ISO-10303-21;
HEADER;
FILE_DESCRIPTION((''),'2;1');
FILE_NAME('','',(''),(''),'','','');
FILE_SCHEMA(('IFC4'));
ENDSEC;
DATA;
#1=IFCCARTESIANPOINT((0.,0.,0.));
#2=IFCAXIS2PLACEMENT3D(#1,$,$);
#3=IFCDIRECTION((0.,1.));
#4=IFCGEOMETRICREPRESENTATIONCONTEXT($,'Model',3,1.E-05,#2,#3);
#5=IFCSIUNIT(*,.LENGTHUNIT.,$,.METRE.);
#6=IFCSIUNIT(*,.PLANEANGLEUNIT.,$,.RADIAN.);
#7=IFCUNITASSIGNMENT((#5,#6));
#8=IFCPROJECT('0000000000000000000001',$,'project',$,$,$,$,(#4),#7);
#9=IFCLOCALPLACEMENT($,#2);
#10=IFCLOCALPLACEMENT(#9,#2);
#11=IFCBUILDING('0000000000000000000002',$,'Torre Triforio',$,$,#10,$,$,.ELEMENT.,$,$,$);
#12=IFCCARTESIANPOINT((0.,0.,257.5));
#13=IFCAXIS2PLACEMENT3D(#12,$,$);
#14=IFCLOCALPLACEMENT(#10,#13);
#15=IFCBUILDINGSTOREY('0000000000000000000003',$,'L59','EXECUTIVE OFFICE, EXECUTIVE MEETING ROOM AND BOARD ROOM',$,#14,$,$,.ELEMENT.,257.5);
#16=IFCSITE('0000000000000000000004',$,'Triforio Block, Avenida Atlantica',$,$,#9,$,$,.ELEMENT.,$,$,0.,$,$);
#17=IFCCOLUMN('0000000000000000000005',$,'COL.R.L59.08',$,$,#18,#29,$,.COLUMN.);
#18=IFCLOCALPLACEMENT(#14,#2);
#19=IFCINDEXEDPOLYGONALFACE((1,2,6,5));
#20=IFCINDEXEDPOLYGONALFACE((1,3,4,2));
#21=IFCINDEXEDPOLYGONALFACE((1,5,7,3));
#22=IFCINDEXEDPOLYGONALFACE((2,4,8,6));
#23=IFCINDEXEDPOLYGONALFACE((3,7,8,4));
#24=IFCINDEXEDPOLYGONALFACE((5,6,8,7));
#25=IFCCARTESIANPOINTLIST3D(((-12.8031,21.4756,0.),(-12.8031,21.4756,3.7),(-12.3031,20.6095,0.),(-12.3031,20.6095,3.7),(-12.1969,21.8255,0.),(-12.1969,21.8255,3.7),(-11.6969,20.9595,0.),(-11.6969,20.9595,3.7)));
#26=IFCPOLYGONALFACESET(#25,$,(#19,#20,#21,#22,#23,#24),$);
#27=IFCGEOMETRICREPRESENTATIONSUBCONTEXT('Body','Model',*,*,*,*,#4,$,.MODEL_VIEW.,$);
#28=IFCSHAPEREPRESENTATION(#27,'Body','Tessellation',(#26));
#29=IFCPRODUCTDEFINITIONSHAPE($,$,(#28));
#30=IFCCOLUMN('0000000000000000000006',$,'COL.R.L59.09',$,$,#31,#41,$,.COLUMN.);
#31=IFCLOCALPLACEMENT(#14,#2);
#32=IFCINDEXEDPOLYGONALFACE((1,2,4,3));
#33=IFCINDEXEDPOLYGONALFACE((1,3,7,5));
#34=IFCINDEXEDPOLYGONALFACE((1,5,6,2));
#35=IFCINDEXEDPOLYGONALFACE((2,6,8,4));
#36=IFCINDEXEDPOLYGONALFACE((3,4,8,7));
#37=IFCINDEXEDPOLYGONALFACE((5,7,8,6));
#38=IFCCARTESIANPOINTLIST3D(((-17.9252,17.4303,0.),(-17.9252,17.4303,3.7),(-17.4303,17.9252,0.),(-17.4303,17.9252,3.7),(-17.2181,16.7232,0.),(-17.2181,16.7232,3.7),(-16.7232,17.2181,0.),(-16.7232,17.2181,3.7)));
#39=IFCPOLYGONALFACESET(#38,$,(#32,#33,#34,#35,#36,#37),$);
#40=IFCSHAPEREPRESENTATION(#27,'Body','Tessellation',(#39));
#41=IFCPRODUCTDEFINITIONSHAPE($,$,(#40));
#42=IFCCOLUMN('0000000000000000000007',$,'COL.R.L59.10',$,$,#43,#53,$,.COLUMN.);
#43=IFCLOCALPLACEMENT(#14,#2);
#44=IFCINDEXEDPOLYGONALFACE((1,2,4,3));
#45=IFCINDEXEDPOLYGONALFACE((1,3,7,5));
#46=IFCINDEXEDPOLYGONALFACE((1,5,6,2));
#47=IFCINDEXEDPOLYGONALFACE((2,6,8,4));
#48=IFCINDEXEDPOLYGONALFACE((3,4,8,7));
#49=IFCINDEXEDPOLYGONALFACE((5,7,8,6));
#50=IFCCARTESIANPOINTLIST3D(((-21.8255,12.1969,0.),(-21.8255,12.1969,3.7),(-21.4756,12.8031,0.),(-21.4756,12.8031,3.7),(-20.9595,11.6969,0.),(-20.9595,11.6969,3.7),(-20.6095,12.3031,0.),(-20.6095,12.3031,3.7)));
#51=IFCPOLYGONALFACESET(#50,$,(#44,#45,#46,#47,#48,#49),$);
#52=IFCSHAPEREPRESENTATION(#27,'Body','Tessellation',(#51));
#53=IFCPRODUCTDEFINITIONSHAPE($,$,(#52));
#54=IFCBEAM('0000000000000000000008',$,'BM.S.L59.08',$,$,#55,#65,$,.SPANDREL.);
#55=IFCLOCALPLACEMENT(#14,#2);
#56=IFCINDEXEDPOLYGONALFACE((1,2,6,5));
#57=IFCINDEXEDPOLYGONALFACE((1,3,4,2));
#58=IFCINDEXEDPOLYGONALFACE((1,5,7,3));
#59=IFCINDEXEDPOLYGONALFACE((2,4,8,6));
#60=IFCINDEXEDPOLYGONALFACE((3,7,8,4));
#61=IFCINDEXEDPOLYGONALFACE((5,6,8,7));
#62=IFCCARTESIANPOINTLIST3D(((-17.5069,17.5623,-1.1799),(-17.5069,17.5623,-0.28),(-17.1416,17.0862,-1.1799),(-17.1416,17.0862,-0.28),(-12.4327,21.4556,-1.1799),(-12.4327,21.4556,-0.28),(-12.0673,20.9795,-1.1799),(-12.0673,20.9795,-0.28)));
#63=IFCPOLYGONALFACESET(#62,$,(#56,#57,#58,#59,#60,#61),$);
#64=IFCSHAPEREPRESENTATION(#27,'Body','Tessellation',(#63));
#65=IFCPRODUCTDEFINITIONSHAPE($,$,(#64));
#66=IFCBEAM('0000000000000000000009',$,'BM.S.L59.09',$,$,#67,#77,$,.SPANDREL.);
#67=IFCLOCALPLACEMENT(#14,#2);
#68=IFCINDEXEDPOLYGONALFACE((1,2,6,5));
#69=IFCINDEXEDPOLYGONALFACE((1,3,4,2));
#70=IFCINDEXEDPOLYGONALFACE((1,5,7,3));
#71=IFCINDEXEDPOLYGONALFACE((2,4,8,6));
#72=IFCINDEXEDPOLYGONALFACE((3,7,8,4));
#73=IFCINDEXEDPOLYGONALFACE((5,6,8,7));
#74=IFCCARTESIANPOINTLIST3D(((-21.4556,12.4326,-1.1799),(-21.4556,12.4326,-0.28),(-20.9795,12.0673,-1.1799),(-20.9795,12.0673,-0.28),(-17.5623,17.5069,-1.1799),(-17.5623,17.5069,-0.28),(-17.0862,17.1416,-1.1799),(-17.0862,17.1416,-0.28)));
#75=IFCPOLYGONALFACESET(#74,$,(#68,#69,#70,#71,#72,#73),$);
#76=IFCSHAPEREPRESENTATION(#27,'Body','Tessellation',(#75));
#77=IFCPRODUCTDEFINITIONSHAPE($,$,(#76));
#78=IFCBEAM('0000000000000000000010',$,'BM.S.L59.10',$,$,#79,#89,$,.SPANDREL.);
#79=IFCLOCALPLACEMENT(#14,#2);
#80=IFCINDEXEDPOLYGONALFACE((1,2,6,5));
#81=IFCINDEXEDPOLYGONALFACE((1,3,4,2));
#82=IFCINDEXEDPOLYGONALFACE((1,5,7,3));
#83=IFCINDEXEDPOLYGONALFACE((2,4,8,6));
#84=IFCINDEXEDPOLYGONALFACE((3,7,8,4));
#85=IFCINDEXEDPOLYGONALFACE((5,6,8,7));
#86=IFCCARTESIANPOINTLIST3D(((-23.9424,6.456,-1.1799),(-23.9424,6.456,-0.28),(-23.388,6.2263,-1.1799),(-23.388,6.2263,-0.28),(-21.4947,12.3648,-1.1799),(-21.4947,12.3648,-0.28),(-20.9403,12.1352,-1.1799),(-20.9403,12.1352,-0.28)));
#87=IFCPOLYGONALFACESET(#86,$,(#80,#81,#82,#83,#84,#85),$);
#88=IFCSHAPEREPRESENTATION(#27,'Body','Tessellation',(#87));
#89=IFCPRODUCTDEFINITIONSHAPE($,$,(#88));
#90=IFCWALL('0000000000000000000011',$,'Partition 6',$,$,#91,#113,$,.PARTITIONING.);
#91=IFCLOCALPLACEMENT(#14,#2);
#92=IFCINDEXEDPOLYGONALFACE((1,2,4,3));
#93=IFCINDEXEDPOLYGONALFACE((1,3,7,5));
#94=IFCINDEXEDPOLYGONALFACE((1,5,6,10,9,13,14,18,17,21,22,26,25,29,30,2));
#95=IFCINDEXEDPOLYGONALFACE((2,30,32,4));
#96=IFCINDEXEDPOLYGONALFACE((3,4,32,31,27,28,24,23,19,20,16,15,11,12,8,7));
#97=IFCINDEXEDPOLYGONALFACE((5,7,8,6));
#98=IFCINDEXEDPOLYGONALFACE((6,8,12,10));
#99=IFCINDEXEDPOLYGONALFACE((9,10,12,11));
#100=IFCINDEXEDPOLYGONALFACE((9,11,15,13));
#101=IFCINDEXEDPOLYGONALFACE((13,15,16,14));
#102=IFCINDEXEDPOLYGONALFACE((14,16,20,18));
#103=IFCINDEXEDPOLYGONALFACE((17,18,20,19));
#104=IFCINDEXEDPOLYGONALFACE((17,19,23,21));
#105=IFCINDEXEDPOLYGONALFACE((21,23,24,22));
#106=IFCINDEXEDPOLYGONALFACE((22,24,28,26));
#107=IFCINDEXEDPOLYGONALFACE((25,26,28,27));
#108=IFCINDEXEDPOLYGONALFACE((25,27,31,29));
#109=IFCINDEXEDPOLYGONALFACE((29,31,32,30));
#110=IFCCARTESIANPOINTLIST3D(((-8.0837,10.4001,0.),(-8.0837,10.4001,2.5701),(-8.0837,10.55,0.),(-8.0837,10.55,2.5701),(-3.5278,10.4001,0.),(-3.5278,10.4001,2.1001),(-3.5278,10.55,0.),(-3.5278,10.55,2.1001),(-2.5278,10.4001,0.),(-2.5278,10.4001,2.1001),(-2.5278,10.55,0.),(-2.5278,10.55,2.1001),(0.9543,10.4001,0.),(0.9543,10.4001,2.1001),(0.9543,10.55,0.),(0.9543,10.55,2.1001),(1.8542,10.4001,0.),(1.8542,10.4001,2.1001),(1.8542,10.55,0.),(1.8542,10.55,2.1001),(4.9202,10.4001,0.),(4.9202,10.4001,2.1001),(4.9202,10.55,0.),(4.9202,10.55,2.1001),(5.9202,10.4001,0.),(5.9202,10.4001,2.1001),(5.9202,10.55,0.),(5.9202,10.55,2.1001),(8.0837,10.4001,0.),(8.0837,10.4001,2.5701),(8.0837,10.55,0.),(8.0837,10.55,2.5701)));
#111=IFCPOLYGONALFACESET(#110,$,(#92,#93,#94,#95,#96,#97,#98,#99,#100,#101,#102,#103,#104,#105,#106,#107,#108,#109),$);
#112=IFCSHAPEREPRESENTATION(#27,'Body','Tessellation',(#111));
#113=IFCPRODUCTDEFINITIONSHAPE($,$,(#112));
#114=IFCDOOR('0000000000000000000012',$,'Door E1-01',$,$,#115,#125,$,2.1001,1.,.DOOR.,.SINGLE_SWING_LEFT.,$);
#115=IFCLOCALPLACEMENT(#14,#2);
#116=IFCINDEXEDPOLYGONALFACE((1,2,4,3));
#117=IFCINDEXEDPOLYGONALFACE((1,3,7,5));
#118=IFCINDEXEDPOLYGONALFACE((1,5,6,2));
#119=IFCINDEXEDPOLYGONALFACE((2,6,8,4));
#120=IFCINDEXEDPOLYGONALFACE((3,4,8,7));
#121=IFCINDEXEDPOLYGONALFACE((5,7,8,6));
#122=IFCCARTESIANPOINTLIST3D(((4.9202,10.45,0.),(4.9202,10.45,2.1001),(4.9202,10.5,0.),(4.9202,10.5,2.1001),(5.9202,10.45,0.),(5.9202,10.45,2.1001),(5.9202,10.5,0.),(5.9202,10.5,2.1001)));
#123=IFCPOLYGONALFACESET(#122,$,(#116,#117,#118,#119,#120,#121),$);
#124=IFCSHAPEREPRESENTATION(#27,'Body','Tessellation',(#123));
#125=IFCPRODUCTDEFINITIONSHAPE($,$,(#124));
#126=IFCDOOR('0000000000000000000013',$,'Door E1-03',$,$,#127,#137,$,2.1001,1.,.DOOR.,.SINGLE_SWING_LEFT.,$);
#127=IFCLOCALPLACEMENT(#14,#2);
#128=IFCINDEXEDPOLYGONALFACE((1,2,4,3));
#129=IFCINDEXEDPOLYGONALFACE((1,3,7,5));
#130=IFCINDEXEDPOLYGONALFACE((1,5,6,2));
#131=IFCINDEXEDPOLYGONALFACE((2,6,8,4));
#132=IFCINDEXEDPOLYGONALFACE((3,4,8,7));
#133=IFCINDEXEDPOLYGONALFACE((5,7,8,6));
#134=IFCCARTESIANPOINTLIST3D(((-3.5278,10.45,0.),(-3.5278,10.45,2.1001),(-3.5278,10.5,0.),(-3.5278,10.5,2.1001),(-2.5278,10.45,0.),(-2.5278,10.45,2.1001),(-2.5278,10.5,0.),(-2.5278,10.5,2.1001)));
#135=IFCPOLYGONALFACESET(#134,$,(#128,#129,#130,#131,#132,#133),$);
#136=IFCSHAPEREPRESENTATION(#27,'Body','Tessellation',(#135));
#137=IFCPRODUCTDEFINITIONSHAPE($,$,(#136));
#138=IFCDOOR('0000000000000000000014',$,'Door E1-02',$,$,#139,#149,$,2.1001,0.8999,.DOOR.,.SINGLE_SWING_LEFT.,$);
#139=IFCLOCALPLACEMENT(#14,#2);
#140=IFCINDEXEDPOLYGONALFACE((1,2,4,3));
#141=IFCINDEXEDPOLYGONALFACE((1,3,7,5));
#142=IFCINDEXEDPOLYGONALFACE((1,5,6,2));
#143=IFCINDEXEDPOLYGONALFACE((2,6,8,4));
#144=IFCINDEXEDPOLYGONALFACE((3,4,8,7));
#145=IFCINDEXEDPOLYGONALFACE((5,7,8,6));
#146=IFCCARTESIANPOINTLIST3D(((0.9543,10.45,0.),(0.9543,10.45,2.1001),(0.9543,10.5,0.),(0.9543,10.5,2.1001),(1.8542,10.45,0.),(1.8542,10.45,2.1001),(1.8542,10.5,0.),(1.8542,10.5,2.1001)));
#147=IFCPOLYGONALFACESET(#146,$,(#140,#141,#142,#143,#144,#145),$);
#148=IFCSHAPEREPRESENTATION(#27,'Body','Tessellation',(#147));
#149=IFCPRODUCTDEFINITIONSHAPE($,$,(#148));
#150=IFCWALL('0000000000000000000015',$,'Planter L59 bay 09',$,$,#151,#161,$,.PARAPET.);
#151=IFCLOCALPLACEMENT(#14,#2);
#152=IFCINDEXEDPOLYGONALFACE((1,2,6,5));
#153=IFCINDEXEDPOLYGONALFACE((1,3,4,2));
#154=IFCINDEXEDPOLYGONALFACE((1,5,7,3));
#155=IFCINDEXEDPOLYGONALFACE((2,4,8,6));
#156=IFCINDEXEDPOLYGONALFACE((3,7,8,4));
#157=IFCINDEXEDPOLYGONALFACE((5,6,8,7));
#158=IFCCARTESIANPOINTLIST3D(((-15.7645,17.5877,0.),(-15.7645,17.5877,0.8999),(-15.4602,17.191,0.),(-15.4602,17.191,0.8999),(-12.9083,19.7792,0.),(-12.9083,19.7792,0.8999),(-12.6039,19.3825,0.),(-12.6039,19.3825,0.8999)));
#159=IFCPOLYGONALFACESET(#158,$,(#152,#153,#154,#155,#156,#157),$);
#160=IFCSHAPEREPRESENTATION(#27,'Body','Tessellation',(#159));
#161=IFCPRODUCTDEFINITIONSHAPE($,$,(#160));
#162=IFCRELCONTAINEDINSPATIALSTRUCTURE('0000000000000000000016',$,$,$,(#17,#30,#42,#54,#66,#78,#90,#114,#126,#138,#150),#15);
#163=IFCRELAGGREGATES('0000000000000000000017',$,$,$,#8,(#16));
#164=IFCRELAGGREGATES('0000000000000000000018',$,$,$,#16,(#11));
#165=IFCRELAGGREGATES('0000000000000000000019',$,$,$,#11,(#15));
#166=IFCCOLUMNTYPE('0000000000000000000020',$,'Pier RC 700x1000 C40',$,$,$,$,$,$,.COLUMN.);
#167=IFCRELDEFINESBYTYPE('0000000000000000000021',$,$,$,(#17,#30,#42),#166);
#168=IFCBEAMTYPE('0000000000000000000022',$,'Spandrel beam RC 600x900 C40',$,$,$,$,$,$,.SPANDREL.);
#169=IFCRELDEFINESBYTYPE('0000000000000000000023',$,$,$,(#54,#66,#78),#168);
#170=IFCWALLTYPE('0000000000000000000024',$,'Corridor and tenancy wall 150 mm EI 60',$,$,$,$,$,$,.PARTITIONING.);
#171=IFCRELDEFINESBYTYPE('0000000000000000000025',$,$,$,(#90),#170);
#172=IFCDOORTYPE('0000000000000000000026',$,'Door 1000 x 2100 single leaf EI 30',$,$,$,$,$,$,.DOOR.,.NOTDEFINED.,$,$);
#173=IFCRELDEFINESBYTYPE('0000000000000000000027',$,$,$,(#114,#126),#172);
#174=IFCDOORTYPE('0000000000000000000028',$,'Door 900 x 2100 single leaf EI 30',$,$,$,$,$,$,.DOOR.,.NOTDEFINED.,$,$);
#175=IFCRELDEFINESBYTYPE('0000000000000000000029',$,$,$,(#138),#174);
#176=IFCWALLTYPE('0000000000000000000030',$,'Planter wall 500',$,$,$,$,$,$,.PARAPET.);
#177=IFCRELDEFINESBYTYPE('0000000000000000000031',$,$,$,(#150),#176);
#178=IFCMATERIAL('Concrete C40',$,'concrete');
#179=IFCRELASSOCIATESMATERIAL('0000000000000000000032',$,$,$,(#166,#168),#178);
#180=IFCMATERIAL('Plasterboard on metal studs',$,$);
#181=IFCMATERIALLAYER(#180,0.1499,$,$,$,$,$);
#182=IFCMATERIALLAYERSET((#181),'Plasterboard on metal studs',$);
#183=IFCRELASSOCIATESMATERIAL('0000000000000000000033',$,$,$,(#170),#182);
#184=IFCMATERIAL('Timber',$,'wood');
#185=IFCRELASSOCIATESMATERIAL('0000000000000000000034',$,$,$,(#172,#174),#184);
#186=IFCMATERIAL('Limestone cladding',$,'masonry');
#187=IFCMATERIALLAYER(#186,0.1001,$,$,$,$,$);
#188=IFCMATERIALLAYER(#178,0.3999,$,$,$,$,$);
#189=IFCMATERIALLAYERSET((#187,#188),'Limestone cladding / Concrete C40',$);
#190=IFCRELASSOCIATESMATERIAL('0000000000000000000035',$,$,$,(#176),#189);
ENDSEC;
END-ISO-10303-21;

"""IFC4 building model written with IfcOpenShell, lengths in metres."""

from ifc_helpers import new_model, si_unit, direction, frame, frame_2d, origin, origin_2d, place, context, subcontext, project, spatial, rectangle, extrude, material, layer, layer_set, material_profile, profile_set, type_object, element, fill, save


model = new_model("IFC4")

# Units and contexts
model_context = context("Model", 3, precision=1e-05, world=origin(), true_north=direction((0.0, 1.0)))
body_context = subcontext(model_context, "Body", "Model", "MODEL_VIEW")
ifc_project = project(units=[si_unit("LENGTHUNIT", "METRE"), si_unit("PLANEANGLEUNIT", "RADIAN")], contexts=[model_context])

# Site, building, storey
site_placement = place(None, origin())
site = spatial("IfcSite", under=ifc_project, at=site_placement, Name="Triforio Block, Avenida Atlantica", CompositionType="ELEMENT", RefElevation=0.0)
building_placement = place(site_placement, origin())
building = spatial("IfcBuilding", under=site, at=building_placement, Name="Torre Triforio", CompositionType="ELEMENT")
storey_placement = place(building_placement, frame((0.0, 0.0, 257.5)))
storey = spatial("IfcBuildingStorey", under=building, at=storey_placement, Name="L59", Description="EXECUTIVE OFFICE, EXECUTIVE MEETING ROOM AND BOARD ROOM", CompositionType="ELEMENT", Elevation=257.5)

# Columns
ifc_material_1 = material(Name="Concrete C40", Category="concrete")
ifc_material_profile_1 = material_profile(ifc_material_1, rectangle(XDim=0.7, YDim=1.0, at=origin_2d()), Name="RC 700x1000")
ifc_profile_set_1 = profile_set([ifc_material_profile_1], Name="Concrete C40")
column_type = type_object("IfcColumnType", Name="Pier RC 700x1000 C40", PredefinedType="COLUMN", material=ifc_profile_set_1)
for number, where, z_axis, x_axis, name in (
    (1, (-12.25, 21.2175, 0.0), (0.0, 0.0, 1.0), (-0.866025, -0.5, 0.0), "COL.R.L59.08"),
    (2, (-17.3242, 17.3242, 0.0), (0.0, 0.0, 1.0), (-0.707107, -0.707107, 0.0), "COL.R.L59.09"),
    (3, (-21.2175, 12.25, 0.0), (0.0, 0.0, 1.0), (-0.5, -0.866025, 0.0), "COL.R.L59.10"),
):
    element("IfcColumn", number, at=place(storey_placement, frame(where, z_axis=z_axis, x_axis=x_axis)), inside=storey, type_object=column_type, Name=name, PredefinedType="COLUMN", context=body_context, shape_type="SweptSolid", body=[
        extrude(rectangle(XDim=0.7, YDim=1.0, at=origin_2d()), origin(), (0.0, 0.0, 1.0), 3.7),
    ])

# Beams
ifc_material_profile_2 = material_profile(ifc_material_1, rectangle(XDim=0.6001, YDim=0.8999, at=origin_2d()), Name="RC 600x900")
ifc_profile_set_2 = profile_set([ifc_material_profile_2], Name="Concrete C40")
beam_type = type_object("IfcBeamType", Name="Spandrel beam RC 600x900 C40", PredefinedType="SPANDREL", material=ifc_profile_set_2)
for number, where, z_axis, x_axis, name in (
    (4, (-12.25, 21.2175, -0.73), (-0.793374, -0.608734, 0.0), (0.608734, -0.793374, 0.0), "BM.S.L59.08"),
    (5, (-17.3242, 17.3242, -0.73), (-0.608734, -0.793374, 0.0), (0.793374, -0.608734, 0.0), "BM.S.L59.09"),
    (6, (-21.2175, 12.25, -0.73), (-0.382709, -0.923869, 0.0), (0.923869, -0.382709, 0.0), "BM.S.L59.10"),
):
    element("IfcBeam", number, at=place(storey_placement, frame(where, z_axis=z_axis, x_axis=x_axis)), inside=storey, type_object=beam_type, Name=name, PredefinedType="SPANDREL", context=body_context, shape_type="SweptSolid", body=[
        extrude(rectangle(XDim=0.6001, YDim=0.8999, at=origin_2d()), origin(), (0.0, 0.0, 1.0), 6.3958),
    ])

# Wall, openings, doors
ifc_material_2 = material(Name="Plasterboard on metal studs")
ifc_layer_1 = layer(ifc_material_2, 0.1499)
ifc_layer_set_1 = layer_set([ifc_layer_1], Name="Plasterboard on metal studs")
wall_type_1 = type_object("IfcWallType", Name="Corridor and tenancy wall 150 mm EI 60", PredefinedType="PARTITIONING", material=ifc_layer_set_1)
wall_1_placement = place(storey_placement, frame((-8.0837, 10.4751, 0.0), z_axis=(0.0, 0.0, 1.0), x_axis=(1.0, 0.0, 0.0)))
wall_1 = element("IfcWall", 7, at=wall_1_placement, inside=storey, type_object=wall_type_1, Name="Partition 6", PredefinedType="PARTITIONING", context=body_context, shape_type="SweptSolid", body=[
    extrude(rectangle(XDim=16.1675, YDim=0.1499, at=frame_2d((8.0837, 0.0))), origin(), (0.0, 0.0, 1.0), 2.5701),
])
opening_1_placement = place(wall_1_placement, frame((13.0039, 0.0, 0.0)))
opening_1 = element("IfcOpeningElement", 8, at=opening_1_placement, cuts=wall_1, PredefinedType="OPENING", context=body_context, shape_type="SweptSolid", body=[
    extrude(rectangle(XDim=1.0, YDim=2.1001, at=frame_2d((0.5, 1.05))), frame((0.0, 0.085, 0.0), z_axis=(0.0, -1.0, 0.0), x_axis=(1.0, 0.0, 0.0)), (0.0, 0.0, 1.0), 0.1699),
])
opening_2_placement = place(wall_1_placement, frame((9.0381, 0.0, 0.0)))
opening_2 = element("IfcOpeningElement", 9, at=opening_2_placement, cuts=wall_1, PredefinedType="OPENING", context=body_context, shape_type="SweptSolid", body=[
    extrude(rectangle(XDim=0.8999, YDim=2.1001, at=frame_2d((0.45, 1.05))), frame((0.0, 0.085, 0.0), z_axis=(0.0, -1.0, 0.0), x_axis=(1.0, 0.0, 0.0)), (0.0, 0.0, 1.0), 0.1699),
])
opening_3_placement = place(wall_1_placement, frame((4.5559, 0.0, 0.0)))
opening_3 = element("IfcOpeningElement", 10, at=opening_3_placement, cuts=wall_1, PredefinedType="OPENING", context=body_context, shape_type="SweptSolid", body=[
    extrude(rectangle(XDim=1.0, YDim=2.1001, at=frame_2d((0.5, 1.05))), frame((0.0, 0.085, 0.0), z_axis=(0.0, -1.0, 0.0), x_axis=(1.0, 0.0, 0.0)), (0.0, 0.0, 1.0), 0.1699),
])
ifc_material_3 = material(Name="Timber", Category="wood")
door_type_1 = type_object("IfcDoorType", Name="Door 1000 x 2100 single leaf EI 30", OperationType="NOTDEFINED", PredefinedType="DOOR", material=ifc_material_3)
door_1_placement = place(opening_1_placement, origin())
door_1 = element("IfcDoor", 11, at=door_1_placement, inside=storey, type_object=door_type_1, Name="Door E1-01", OperationType="SINGLE_SWING_LEFT", OverallHeight=2.1001, OverallWidth=1.0, PredefinedType="DOOR", context=body_context, shape_type="SweptSolid", body=[
    extrude(rectangle(XDim=1.0, YDim=2.1001, at=frame_2d((0.5, 1.05))), frame((0.0, 0.0249, 0.0), z_axis=(0.0, -1.0, 0.0), x_axis=(1.0, 0.0, 0.0)), (0.0, 0.0, 1.0), 0.05),
])
fill(opening_1, door_1)
door_2_placement = place(opening_3_placement, origin())
door_2 = element("IfcDoor", 12, at=door_2_placement, inside=storey, type_object=door_type_1, Name="Door E1-03", OperationType="SINGLE_SWING_LEFT", OverallHeight=2.1001, OverallWidth=1.0, PredefinedType="DOOR", context=body_context, shape_type="SweptSolid", body=[
    extrude(rectangle(XDim=1.0, YDim=2.1001, at=frame_2d((0.5, 1.05))), frame((0.0, 0.0249, 0.0), z_axis=(0.0, -1.0, 0.0), x_axis=(1.0, 0.0, 0.0)), (0.0, 0.0, 1.0), 0.05),
])
fill(opening_3, door_2)
door_type_2 = type_object("IfcDoorType", Name="Door 900 x 2100 single leaf EI 30", OperationType="NOTDEFINED", PredefinedType="DOOR", material=ifc_material_3)
door_3_placement = place(opening_2_placement, origin())
door_3 = element("IfcDoor", 13, at=door_3_placement, inside=storey, type_object=door_type_2, Name="Door E1-02", OperationType="SINGLE_SWING_LEFT", OverallHeight=2.1001, OverallWidth=0.8999, PredefinedType="DOOR", context=body_context, shape_type="SweptSolid", body=[
    extrude(rectangle(XDim=0.8999, YDim=2.1001, at=frame_2d((0.45, 1.05))), frame((0.0, 0.0249, 0.0), z_axis=(0.0, -1.0, 0.0), x_axis=(1.0, 0.0, 0.0)), (0.0, 0.0, 1.0), 0.05),
])
fill(opening_2, door_3)

# Wall
ifc_material_4 = material(Name="Limestone cladding", Category="masonry")
ifc_layer_2 = layer(ifc_material_4, 0.1001)
ifc_layer_3 = layer(ifc_material_1, 0.3999)
ifc_layer_set_2 = layer_set([ifc_layer_2, ifc_layer_3], Name="Limestone cladding / Concrete C40")
wall_type_2 = type_object("IfcWallType", Name="Planter wall 500", PredefinedType="PARAPET", material=ifc_layer_set_2)
wall_2_placement = place(storey_placement, frame((-12.7561, 19.5808, 0.0), z_axis=(0.0, 0.0, 1.0), x_axis=(-0.793385, -0.608721, 0.0)))
element("IfcWall", 14, at=wall_2_placement, inside=storey, type_object=wall_type_2, Name="Planter L59 bay 09", PredefinedType="PARAPET", context=body_context, shape_type="SweptSolid", body=[
    extrude(rectangle(XDim=3.6001, YDim=0.5, at=frame_2d((1.8, 0.0))), origin(), (0.0, 0.0, 1.0), 0.8999),
])

save(model, "model.ifc")
